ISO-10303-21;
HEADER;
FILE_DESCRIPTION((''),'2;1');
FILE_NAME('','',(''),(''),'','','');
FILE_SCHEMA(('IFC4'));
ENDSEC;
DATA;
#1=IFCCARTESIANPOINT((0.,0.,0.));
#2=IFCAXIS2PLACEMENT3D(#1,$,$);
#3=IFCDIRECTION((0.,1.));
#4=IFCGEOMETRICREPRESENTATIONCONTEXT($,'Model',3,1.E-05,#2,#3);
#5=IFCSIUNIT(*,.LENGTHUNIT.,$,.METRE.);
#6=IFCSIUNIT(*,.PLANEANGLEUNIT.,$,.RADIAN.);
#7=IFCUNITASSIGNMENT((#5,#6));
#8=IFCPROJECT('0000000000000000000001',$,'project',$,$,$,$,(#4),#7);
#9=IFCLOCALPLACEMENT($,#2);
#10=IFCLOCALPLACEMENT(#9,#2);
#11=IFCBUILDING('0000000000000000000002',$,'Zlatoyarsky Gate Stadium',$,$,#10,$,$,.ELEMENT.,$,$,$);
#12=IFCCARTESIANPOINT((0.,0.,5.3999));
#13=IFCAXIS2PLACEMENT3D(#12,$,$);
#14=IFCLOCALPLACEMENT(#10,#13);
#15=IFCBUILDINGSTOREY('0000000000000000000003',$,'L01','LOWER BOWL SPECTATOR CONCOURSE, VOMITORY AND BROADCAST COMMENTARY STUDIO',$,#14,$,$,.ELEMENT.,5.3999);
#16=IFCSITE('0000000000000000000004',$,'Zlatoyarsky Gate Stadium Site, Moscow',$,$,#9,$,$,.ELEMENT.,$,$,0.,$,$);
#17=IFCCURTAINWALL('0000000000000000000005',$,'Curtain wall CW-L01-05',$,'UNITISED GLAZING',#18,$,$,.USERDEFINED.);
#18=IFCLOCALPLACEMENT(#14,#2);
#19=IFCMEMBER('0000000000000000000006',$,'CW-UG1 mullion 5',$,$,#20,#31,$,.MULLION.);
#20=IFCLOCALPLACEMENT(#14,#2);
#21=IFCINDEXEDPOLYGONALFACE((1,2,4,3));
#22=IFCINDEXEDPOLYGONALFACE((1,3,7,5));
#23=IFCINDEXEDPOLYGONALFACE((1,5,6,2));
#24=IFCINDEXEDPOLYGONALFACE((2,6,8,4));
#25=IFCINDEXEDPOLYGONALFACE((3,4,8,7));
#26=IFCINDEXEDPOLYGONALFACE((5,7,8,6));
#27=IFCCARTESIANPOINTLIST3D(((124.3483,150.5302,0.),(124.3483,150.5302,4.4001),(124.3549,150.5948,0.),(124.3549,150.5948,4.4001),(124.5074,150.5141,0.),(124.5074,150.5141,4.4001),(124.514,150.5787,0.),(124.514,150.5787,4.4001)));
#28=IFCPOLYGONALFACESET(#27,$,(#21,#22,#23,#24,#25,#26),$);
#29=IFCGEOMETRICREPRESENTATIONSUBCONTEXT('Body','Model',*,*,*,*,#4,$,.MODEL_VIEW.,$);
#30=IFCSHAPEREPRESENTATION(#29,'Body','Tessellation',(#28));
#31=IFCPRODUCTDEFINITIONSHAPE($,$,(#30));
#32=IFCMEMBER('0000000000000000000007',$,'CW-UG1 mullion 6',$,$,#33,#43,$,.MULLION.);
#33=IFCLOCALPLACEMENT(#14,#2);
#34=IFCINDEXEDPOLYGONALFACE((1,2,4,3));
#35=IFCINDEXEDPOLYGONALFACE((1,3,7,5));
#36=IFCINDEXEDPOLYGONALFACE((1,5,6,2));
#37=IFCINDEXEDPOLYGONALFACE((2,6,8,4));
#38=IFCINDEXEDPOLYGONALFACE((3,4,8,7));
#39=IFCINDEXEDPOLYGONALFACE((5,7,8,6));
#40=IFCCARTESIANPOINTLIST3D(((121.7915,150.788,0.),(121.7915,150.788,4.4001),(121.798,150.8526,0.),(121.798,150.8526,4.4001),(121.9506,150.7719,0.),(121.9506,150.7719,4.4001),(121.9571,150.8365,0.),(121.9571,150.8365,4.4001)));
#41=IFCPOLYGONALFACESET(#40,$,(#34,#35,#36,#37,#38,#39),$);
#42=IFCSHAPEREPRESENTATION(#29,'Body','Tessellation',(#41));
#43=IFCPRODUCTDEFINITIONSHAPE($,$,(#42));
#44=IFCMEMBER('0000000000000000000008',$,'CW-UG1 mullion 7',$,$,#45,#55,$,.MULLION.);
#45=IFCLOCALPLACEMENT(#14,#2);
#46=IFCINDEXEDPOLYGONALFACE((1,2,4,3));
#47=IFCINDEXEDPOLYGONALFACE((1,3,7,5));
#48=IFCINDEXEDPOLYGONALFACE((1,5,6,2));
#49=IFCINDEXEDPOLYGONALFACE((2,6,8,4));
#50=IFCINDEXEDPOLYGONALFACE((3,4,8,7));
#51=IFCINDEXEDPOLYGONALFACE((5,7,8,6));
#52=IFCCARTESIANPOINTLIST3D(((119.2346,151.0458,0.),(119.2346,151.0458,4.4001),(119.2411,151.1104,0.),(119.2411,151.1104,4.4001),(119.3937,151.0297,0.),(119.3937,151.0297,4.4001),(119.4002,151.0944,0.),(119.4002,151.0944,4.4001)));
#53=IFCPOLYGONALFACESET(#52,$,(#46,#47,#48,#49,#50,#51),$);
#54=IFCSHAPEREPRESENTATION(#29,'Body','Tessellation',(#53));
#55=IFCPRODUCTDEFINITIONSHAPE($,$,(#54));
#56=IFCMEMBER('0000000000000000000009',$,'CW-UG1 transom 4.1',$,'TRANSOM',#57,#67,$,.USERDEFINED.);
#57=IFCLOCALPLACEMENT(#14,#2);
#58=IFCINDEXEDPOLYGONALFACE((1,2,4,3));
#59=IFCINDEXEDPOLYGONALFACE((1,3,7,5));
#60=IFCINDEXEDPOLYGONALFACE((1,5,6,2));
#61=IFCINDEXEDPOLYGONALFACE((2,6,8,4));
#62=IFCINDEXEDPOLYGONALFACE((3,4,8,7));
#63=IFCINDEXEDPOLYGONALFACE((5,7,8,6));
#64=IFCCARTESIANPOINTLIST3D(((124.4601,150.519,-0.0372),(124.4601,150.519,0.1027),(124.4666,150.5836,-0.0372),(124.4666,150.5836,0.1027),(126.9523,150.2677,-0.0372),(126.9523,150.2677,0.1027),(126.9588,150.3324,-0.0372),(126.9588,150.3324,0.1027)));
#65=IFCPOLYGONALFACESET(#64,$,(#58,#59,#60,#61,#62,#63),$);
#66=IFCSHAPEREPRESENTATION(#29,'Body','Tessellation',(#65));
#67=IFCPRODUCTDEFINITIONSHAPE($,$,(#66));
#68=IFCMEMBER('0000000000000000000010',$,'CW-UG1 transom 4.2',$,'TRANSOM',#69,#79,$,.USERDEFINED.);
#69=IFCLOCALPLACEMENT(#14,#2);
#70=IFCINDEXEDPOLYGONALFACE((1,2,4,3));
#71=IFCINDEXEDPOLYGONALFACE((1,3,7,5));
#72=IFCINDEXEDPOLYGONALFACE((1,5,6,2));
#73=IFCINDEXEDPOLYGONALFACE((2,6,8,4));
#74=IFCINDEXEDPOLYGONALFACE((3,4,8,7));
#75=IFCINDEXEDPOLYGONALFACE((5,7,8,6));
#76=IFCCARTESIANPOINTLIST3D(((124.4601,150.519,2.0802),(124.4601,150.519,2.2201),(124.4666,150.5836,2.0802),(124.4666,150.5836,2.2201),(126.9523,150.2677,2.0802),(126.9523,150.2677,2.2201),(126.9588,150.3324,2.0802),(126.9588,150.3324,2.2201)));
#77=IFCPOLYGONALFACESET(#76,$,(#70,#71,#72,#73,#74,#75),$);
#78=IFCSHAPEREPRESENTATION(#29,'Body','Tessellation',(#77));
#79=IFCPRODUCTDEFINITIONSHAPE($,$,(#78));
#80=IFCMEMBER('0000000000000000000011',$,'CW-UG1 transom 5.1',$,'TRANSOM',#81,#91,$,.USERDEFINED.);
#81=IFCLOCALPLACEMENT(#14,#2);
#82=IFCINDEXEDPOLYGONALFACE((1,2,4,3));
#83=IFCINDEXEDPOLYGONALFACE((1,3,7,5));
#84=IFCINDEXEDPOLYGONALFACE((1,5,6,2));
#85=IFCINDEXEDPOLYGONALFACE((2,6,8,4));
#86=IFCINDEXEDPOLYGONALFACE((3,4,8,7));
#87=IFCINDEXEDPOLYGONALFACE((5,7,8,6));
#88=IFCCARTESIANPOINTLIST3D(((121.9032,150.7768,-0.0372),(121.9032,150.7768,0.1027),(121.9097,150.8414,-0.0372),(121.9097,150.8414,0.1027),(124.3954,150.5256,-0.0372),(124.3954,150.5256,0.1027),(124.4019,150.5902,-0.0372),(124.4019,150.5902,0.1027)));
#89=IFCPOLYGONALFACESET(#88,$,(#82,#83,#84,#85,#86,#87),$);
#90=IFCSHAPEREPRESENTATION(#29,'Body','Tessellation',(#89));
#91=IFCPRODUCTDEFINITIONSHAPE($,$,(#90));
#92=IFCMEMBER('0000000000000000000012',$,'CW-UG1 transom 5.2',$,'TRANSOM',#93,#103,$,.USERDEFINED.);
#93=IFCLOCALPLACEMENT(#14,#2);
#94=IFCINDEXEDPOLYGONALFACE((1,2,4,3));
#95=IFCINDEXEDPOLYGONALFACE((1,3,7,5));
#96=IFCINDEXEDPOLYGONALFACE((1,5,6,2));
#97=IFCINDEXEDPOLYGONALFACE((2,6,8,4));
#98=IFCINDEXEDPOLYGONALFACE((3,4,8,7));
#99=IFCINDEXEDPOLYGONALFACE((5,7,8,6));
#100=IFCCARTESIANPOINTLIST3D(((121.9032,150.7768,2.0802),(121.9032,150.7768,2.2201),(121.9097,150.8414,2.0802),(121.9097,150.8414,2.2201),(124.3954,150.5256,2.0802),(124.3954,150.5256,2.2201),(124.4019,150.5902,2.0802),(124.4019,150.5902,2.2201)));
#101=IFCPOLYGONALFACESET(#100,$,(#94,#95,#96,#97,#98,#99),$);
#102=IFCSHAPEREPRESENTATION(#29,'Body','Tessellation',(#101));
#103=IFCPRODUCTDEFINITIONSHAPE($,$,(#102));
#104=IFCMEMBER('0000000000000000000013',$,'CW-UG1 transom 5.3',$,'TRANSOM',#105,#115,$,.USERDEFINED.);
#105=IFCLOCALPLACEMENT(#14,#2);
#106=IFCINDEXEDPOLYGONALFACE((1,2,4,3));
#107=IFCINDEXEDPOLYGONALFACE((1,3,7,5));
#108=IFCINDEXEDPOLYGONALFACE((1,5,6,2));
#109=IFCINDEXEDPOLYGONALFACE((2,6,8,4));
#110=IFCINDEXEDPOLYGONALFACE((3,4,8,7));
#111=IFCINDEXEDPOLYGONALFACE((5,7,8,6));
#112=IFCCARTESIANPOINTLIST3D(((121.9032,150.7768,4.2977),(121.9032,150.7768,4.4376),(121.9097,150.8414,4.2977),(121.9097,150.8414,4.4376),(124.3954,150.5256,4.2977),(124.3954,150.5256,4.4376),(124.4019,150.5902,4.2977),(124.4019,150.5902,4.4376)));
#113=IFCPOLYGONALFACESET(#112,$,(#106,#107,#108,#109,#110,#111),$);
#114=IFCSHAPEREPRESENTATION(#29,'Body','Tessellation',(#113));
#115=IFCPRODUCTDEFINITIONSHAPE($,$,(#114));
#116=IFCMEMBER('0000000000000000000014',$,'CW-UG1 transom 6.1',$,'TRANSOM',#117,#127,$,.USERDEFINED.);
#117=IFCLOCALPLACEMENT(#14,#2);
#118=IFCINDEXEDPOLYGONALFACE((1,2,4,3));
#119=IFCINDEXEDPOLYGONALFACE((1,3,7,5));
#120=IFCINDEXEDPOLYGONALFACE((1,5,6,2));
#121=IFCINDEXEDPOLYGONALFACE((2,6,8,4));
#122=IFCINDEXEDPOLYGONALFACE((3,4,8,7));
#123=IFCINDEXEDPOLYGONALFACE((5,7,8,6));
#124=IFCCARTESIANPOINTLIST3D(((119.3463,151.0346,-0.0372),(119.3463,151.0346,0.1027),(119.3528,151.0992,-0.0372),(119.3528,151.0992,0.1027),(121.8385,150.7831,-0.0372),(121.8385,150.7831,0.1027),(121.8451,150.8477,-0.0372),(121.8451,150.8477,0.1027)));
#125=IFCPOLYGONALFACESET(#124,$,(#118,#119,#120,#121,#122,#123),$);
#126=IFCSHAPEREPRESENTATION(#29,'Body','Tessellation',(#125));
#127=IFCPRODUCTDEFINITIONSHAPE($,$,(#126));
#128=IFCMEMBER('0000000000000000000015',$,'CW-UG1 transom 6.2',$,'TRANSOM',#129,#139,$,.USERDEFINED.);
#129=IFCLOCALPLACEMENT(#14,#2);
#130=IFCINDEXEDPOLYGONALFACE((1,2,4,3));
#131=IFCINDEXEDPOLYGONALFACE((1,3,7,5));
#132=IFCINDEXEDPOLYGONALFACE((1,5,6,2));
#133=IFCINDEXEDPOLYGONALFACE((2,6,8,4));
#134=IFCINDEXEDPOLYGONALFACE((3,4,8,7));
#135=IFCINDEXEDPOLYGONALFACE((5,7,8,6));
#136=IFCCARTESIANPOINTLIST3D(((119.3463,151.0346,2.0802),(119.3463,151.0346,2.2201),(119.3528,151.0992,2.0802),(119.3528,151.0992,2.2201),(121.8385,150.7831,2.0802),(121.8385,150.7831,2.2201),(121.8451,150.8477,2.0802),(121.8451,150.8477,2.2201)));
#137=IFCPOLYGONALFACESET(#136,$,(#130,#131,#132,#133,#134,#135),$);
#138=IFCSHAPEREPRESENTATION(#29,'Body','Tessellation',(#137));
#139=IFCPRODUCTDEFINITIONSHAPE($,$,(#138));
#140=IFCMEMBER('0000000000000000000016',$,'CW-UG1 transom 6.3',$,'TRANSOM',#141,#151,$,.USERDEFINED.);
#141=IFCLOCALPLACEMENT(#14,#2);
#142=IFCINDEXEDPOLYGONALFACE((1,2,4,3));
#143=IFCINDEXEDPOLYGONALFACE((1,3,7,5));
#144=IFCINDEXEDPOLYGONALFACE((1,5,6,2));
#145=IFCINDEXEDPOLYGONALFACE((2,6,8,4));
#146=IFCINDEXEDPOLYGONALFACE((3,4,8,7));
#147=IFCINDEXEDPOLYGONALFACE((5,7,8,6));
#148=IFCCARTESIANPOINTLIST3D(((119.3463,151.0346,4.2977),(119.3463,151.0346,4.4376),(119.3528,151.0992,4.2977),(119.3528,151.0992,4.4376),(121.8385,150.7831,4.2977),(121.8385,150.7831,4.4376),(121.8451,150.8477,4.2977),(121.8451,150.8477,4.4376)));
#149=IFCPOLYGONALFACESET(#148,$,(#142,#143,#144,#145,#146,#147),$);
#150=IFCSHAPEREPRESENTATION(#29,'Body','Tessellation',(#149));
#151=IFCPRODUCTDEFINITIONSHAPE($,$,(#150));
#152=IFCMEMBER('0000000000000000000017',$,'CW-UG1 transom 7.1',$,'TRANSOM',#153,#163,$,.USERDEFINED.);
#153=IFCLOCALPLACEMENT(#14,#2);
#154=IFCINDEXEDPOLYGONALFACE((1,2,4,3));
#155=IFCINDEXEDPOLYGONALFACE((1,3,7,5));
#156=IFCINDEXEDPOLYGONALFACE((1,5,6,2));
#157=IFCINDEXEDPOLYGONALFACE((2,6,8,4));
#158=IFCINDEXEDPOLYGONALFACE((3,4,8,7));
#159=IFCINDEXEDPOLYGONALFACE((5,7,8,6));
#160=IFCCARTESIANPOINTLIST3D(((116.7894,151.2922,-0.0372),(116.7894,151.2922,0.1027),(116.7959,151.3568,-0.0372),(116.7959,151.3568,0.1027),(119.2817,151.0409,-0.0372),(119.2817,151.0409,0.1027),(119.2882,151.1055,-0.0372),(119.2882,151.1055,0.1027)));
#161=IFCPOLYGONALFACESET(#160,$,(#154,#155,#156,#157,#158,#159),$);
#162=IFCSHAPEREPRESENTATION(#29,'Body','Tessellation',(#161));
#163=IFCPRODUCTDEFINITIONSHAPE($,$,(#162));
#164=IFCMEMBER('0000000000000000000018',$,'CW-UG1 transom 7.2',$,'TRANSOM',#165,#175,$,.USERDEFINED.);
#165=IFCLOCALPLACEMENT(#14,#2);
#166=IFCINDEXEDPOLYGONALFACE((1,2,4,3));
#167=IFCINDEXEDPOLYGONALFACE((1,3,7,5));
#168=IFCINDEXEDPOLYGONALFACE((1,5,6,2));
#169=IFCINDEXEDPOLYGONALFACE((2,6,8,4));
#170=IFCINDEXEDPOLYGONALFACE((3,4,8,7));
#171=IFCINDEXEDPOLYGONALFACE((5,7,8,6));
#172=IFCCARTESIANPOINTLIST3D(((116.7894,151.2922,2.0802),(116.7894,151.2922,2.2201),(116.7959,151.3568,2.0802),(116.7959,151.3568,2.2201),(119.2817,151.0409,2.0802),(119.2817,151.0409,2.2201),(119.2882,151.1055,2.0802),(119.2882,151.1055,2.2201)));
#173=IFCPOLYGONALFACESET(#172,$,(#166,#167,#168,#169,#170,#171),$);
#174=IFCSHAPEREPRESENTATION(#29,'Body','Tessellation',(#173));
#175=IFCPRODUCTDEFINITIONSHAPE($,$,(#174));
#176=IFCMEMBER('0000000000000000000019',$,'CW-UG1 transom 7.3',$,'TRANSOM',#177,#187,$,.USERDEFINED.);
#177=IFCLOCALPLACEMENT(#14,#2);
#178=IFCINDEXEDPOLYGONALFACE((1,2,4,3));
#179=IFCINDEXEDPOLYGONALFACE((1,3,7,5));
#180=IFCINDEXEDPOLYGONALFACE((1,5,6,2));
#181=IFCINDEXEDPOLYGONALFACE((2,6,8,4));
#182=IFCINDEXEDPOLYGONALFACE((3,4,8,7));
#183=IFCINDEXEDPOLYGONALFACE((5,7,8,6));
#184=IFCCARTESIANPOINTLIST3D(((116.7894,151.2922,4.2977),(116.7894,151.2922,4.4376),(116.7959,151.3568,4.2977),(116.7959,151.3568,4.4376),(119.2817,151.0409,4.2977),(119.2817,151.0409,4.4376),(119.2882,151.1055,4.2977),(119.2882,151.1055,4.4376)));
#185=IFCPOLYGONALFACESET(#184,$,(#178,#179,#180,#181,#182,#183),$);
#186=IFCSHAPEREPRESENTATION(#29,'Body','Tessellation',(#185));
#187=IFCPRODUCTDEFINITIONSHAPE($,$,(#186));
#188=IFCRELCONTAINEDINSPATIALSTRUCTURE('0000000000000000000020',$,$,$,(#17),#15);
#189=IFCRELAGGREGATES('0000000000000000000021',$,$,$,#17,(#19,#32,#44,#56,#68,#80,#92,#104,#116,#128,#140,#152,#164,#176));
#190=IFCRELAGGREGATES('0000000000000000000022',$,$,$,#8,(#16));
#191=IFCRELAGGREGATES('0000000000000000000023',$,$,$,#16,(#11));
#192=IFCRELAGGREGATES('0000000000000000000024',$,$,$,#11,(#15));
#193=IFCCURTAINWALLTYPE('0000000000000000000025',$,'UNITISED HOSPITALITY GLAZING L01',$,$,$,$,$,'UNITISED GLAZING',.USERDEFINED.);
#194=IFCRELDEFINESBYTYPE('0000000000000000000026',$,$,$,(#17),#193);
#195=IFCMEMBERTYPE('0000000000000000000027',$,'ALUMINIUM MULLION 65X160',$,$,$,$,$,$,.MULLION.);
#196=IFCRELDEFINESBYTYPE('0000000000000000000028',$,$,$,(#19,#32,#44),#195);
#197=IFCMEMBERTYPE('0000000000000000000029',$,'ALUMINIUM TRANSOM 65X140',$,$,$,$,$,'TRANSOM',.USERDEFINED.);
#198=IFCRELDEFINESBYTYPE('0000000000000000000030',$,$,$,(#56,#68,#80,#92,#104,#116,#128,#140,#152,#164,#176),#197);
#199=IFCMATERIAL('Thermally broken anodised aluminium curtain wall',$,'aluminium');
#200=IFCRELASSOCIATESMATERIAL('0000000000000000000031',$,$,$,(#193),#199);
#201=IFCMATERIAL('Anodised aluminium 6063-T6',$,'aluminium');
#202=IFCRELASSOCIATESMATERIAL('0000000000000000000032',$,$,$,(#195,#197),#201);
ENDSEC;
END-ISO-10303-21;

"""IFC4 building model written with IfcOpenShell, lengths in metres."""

from ifc_helpers import new_model, si_unit, direction, frame, origin, origin_2d, place, context, subcontext, project, spatial, rectangle, extrude, material, material_profile, profile_set, type_object, element, aggregate, save


model = new_model("IFC4")

# Units and contexts
model_context = context("Model", 3, precision=1e-05, world=origin(), true_north=direction((0.0, 1.0)))
body_context = subcontext(model_context, "Body", "Model", "MODEL_VIEW")
ifc_project = project(units=[si_unit("LENGTHUNIT", "METRE"), si_unit("PLANEANGLEUNIT", "RADIAN")], contexts=[model_context])

# Site, building, storey
site_placement = place(None, origin())
site = spatial("IfcSite", under=ifc_project, at=site_placement, Name="Zlatoyarsky Gate Stadium Site, Moscow", CompositionType="ELEMENT", RefElevation=0.0)
building_placement = place(site_placement, origin())
building = spatial("IfcBuilding", under=site, at=building_placement, Name="Zlatoyarsky Gate Stadium", CompositionType="ELEMENT")
storey_placement = place(building_placement, frame((0.0, 0.0, 5.3999)))
storey = spatial("IfcBuildingStorey", under=building, at=storey_placement, Name="L01", Description="LOWER BOWL SPECTATOR CONCOURSE, VOMITORY AND BROADCAST COMMENTARY STUDIO", CompositionType="ELEMENT", Elevation=5.3999)

# Curtain wall, members
ifc_material_1 = material(Name="Thermally broken anodised aluminium curtain wall", Category="aluminium")
curtain_wall_type = type_object("IfcCurtainWallType", Name="UNITISED HOSPITALITY GLAZING L01", ElementType="UNITISED GLAZING", PredefinedType="USERDEFINED", material=ifc_material_1)
curtain_wall_placement = place(storey_placement, origin())
curtain_wall = element("IfcCurtainWall", 1, at=curtain_wall_placement, inside=storey, type_object=curtain_wall_type, Name="Curtain wall CW-L01-05", ObjectType="UNITISED GLAZING", PredefinedType="USERDEFINED")
ifc_material_2 = material(Name="Anodised aluminium 6063-T6", Category="aluminium")
ifc_material_profile_1 = material_profile(ifc_material_2, rectangle(XDim=0.0649, YDim=0.1599, at=origin_2d()), Name="ALU 65X160")
ifc_profile_set_1 = profile_set([ifc_material_profile_1], Name="Anodised aluminium 6063-T6")
member_type_1 = type_object("IfcMemberType", Name="ALUMINIUM MULLION 65X160", PredefinedType="MULLION", material=ifc_profile_set_1)
member_1_placement = place(storey_placement, frame((124.4312, 150.5544, 0.0), z_axis=(0.0, 0.0, 1.0), x_axis=(-0.1003, -0.994957, 0.0)))
member_1 = element("IfcMember", 2, at=member_1_placement, type_object=member_type_1, Name="CW-UG1 mullion 5", PredefinedType="MULLION", context=body_context, shape_type="SweptSolid", body=[
    extrude(rectangle(XDim=0.0649, YDim=0.1599, at=origin_2d()), origin(), (0.0, 0.0, 1.0), 4.4001),
])
member_2_placement = place(storey_placement, frame((121.8743, 150.8123, 0.0), z_axis=(0.0, 0.0, 1.0), x_axis=(-0.1003, -0.994957, 0.0)))
member_2 = element("IfcMember", 3, at=member_2_placement, type_object=member_type_1, Name="CW-UG1 mullion 6", PredefinedType="MULLION", context=body_context, shape_type="SweptSolid", body=[
    extrude(rectangle(XDim=0.0649, YDim=0.1599, at=origin_2d()), origin(), (0.0, 0.0, 1.0), 4.4001),
])
member_3_placement = place(storey_placement, frame((119.3174, 151.0701, 0.0), z_axis=(0.0, 0.0, 1.0), x_axis=(-0.1003, -0.994957, 0.0)))
member_3 = element("IfcMember", 4, at=member_3_placement, type_object=member_type_1, Name="CW-UG1 mullion 7", PredefinedType="MULLION", context=body_context, shape_type="SweptSolid", body=[
    extrude(rectangle(XDim=0.0649, YDim=0.1599, at=origin_2d()), origin(), (0.0, 0.0, 1.0), 4.4001),
])
ifc_material_profile_2 = material_profile(ifc_material_2, rectangle(XDim=0.0649, YDim=0.1399, at=origin_2d()), Name="ALU 65X140")
ifc_profile_set_2 = profile_set([ifc_material_profile_2], Name="Anodised aluminium 6063-T6")
member_type_2 = type_object("IfcMemberType", Name="ALUMINIUM TRANSOM 65X140", ElementType="TRANSOM", PredefinedType="USERDEFINED", material=ifc_profile_set_2)
member_4_placement = place(storey_placement, frame((126.9556, 150.3, 0.0327), z_axis=(-0.994958, 0.100295, 0.0), x_axis=(-0.100295, -0.994958, 0.0)))
member_4 = element("IfcMember", 5, at=member_4_placement, type_object=member_type_2, Name="CW-UG1 transom 4.1", ObjectType="TRANSOM", PredefinedType="USERDEFINED", context=body_context, shape_type="SweptSolid", body=[
    extrude(rectangle(XDim=0.0649, YDim=0.1399, at=origin_2d()), origin(), (0.0, 0.0, 1.0), 2.5049),
])
member_5_placement = place(storey_placement, frame((126.9556, 150.3, 2.1501), z_axis=(-0.994958, 0.100295, 0.0), x_axis=(-0.100295, -0.994958, 0.0)))
member_5 = element("IfcMember", 6, at=member_5_placement, type_object=member_type_2, Name="CW-UG1 transom 4.2", ObjectType="TRANSOM", PredefinedType="USERDEFINED", context=body_context, shape_type="SweptSolid", body=[
    extrude(rectangle(XDim=0.0649, YDim=0.1399, at=origin_2d()), origin(), (0.0, 0.0, 1.0), 2.5049),
])
member_6_placement = place(storey_placement, frame((124.3987, 150.5579, 0.0327), z_axis=(-0.994958, 0.100295, 0.0), x_axis=(-0.100295, -0.994958, 0.0)))
member_6 = element("IfcMember", 7, at=member_6_placement, type_object=member_type_2, Name="CW-UG1 transom 5.1", ObjectType="TRANSOM", PredefinedType="USERDEFINED", context=body_context, shape_type="SweptSolid", body=[
    extrude(rectangle(XDim=0.0649, YDim=0.1399, at=origin_2d()), origin(), (0.0, 0.0, 1.0), 2.5049),
])
member_7_placement = place(storey_placement, frame((124.3987, 150.5579, 2.1501), z_axis=(-0.994958, 0.100295, 0.0), x_axis=(-0.100295, -0.994958, 0.0)))
member_7 = element("IfcMember", 8, at=member_7_placement, type_object=member_type_2, Name="CW-UG1 transom 5.2", ObjectType="TRANSOM", PredefinedType="USERDEFINED", context=body_context, shape_type="SweptSolid", body=[
    extrude(rectangle(XDim=0.0649, YDim=0.1399, at=origin_2d()), origin(), (0.0, 0.0, 1.0), 2.5049),
])
member_8_placement = place(storey_placement, frame((124.3987, 150.5579, 4.3677), z_axis=(-0.994958, 0.100295, 0.0), x_axis=(-0.100295, -0.994958, 0.0)))
member_8 = element("IfcMember", 9, at=member_8_placement, type_object=member_type_2, Name="CW-UG1 transom 5.3", ObjectType="TRANSOM", PredefinedType="USERDEFINED", context=body_context, shape_type="SweptSolid", body=[
    extrude(rectangle(XDim=0.0649, YDim=0.1399, at=origin_2d()), origin(), (0.0, 0.0, 1.0), 2.5049),
])
member_9_placement = place(storey_placement, frame((121.8418, 150.8154, 0.0327), z_axis=(-0.994948, 0.100392, 0.0), x_axis=(-0.100392, -0.994948, 0.0)))
member_9 = element("IfcMember", 10, at=member_9_placement, type_object=member_type_2, Name="CW-UG1 transom 6.1", ObjectType="TRANSOM", PredefinedType="USERDEFINED", context=body_context, shape_type="SweptSolid", body=[
    extrude(rectangle(XDim=0.0649, YDim=0.1399, at=origin_2d()), origin(), (0.0, 0.0, 1.0), 2.5049),
])
member_10_placement = place(storey_placement, frame((121.8418, 150.8154, 2.1501), z_axis=(-0.994948, 0.100392, 0.0), x_axis=(-0.100392, -0.994948, 0.0)))
member_10 = element("IfcMember", 11, at=member_10_placement, type_object=member_type_2, Name="CW-UG1 transom 6.2", ObjectType="TRANSOM", PredefinedType="USERDEFINED", context=body_context, shape_type="SweptSolid", body=[
    extrude(rectangle(XDim=0.0649, YDim=0.1399, at=origin_2d()), origin(), (0.0, 0.0, 1.0), 2.5049),
])
member_11_placement = place(storey_placement, frame((121.8418, 150.8154, 4.3677), z_axis=(-0.994948, 0.100392, 0.0), x_axis=(-0.100392, -0.994948, 0.0)))
member_11 = element("IfcMember", 12, at=member_11_placement, type_object=member_type_2, Name="CW-UG1 transom 6.3", ObjectType="TRANSOM", PredefinedType="USERDEFINED", context=body_context, shape_type="SweptSolid", body=[
    extrude(rectangle(XDim=0.0649, YDim=0.1399, at=origin_2d()), origin(), (0.0, 0.0, 1.0), 2.5049),
])
member_12_placement = place(storey_placement, frame((119.2849, 151.0732, 0.0327), z_axis=(-0.994958, 0.100295, 0.0), x_axis=(-0.100295, -0.994958, 0.0)))
member_12 = element("IfcMember", 13, at=member_12_placement, type_object=member_type_2, Name="CW-UG1 transom 7.1", ObjectType="TRANSOM", PredefinedType="USERDEFINED", context=body_context, shape_type="SweptSolid", body=[
    extrude(rectangle(XDim=0.0649, YDim=0.1399, at=origin_2d()), origin(), (0.0, 0.0, 1.0), 2.5049),
])
member_13_placement = place(storey_placement, frame((119.2849, 151.0732, 2.1501), z_axis=(-0.994958, 0.100295, 0.0), x_axis=(-0.100295, -0.994958, 0.0)))
member_13 = element("IfcMember", 14, at=member_13_placement, type_object=member_type_2, Name="CW-UG1 transom 7.2", ObjectType="TRANSOM", PredefinedType="USERDEFINED", context=body_context, shape_type="SweptSolid", body=[
    extrude(rectangle(XDim=0.0649, YDim=0.1399, at=origin_2d()), origin(), (0.0, 0.0, 1.0), 2.5049),
])
member_14_placement = place(storey_placement, frame((119.2849, 151.0732, 4.3677), z_axis=(-0.994958, 0.100295, 0.0), x_axis=(-0.100295, -0.994958, 0.0)))
member_14 = element("IfcMember", 15, at=member_14_placement, type_object=member_type_2, Name="CW-UG1 transom 7.3", ObjectType="TRANSOM", PredefinedType="USERDEFINED", context=body_context, shape_type="SweptSolid", body=[
    extrude(rectangle(XDim=0.0649, YDim=0.1399, at=origin_2d()), origin(), (0.0, 0.0, 1.0), 2.5049),
])
aggregate(curtain_wall, [member_1, member_2, member_3, member_4, member_5, member_6, member_7, member_8, member_9, member_10, member_11, member_12, member_13, member_14])

save(model, "model.ifc")
